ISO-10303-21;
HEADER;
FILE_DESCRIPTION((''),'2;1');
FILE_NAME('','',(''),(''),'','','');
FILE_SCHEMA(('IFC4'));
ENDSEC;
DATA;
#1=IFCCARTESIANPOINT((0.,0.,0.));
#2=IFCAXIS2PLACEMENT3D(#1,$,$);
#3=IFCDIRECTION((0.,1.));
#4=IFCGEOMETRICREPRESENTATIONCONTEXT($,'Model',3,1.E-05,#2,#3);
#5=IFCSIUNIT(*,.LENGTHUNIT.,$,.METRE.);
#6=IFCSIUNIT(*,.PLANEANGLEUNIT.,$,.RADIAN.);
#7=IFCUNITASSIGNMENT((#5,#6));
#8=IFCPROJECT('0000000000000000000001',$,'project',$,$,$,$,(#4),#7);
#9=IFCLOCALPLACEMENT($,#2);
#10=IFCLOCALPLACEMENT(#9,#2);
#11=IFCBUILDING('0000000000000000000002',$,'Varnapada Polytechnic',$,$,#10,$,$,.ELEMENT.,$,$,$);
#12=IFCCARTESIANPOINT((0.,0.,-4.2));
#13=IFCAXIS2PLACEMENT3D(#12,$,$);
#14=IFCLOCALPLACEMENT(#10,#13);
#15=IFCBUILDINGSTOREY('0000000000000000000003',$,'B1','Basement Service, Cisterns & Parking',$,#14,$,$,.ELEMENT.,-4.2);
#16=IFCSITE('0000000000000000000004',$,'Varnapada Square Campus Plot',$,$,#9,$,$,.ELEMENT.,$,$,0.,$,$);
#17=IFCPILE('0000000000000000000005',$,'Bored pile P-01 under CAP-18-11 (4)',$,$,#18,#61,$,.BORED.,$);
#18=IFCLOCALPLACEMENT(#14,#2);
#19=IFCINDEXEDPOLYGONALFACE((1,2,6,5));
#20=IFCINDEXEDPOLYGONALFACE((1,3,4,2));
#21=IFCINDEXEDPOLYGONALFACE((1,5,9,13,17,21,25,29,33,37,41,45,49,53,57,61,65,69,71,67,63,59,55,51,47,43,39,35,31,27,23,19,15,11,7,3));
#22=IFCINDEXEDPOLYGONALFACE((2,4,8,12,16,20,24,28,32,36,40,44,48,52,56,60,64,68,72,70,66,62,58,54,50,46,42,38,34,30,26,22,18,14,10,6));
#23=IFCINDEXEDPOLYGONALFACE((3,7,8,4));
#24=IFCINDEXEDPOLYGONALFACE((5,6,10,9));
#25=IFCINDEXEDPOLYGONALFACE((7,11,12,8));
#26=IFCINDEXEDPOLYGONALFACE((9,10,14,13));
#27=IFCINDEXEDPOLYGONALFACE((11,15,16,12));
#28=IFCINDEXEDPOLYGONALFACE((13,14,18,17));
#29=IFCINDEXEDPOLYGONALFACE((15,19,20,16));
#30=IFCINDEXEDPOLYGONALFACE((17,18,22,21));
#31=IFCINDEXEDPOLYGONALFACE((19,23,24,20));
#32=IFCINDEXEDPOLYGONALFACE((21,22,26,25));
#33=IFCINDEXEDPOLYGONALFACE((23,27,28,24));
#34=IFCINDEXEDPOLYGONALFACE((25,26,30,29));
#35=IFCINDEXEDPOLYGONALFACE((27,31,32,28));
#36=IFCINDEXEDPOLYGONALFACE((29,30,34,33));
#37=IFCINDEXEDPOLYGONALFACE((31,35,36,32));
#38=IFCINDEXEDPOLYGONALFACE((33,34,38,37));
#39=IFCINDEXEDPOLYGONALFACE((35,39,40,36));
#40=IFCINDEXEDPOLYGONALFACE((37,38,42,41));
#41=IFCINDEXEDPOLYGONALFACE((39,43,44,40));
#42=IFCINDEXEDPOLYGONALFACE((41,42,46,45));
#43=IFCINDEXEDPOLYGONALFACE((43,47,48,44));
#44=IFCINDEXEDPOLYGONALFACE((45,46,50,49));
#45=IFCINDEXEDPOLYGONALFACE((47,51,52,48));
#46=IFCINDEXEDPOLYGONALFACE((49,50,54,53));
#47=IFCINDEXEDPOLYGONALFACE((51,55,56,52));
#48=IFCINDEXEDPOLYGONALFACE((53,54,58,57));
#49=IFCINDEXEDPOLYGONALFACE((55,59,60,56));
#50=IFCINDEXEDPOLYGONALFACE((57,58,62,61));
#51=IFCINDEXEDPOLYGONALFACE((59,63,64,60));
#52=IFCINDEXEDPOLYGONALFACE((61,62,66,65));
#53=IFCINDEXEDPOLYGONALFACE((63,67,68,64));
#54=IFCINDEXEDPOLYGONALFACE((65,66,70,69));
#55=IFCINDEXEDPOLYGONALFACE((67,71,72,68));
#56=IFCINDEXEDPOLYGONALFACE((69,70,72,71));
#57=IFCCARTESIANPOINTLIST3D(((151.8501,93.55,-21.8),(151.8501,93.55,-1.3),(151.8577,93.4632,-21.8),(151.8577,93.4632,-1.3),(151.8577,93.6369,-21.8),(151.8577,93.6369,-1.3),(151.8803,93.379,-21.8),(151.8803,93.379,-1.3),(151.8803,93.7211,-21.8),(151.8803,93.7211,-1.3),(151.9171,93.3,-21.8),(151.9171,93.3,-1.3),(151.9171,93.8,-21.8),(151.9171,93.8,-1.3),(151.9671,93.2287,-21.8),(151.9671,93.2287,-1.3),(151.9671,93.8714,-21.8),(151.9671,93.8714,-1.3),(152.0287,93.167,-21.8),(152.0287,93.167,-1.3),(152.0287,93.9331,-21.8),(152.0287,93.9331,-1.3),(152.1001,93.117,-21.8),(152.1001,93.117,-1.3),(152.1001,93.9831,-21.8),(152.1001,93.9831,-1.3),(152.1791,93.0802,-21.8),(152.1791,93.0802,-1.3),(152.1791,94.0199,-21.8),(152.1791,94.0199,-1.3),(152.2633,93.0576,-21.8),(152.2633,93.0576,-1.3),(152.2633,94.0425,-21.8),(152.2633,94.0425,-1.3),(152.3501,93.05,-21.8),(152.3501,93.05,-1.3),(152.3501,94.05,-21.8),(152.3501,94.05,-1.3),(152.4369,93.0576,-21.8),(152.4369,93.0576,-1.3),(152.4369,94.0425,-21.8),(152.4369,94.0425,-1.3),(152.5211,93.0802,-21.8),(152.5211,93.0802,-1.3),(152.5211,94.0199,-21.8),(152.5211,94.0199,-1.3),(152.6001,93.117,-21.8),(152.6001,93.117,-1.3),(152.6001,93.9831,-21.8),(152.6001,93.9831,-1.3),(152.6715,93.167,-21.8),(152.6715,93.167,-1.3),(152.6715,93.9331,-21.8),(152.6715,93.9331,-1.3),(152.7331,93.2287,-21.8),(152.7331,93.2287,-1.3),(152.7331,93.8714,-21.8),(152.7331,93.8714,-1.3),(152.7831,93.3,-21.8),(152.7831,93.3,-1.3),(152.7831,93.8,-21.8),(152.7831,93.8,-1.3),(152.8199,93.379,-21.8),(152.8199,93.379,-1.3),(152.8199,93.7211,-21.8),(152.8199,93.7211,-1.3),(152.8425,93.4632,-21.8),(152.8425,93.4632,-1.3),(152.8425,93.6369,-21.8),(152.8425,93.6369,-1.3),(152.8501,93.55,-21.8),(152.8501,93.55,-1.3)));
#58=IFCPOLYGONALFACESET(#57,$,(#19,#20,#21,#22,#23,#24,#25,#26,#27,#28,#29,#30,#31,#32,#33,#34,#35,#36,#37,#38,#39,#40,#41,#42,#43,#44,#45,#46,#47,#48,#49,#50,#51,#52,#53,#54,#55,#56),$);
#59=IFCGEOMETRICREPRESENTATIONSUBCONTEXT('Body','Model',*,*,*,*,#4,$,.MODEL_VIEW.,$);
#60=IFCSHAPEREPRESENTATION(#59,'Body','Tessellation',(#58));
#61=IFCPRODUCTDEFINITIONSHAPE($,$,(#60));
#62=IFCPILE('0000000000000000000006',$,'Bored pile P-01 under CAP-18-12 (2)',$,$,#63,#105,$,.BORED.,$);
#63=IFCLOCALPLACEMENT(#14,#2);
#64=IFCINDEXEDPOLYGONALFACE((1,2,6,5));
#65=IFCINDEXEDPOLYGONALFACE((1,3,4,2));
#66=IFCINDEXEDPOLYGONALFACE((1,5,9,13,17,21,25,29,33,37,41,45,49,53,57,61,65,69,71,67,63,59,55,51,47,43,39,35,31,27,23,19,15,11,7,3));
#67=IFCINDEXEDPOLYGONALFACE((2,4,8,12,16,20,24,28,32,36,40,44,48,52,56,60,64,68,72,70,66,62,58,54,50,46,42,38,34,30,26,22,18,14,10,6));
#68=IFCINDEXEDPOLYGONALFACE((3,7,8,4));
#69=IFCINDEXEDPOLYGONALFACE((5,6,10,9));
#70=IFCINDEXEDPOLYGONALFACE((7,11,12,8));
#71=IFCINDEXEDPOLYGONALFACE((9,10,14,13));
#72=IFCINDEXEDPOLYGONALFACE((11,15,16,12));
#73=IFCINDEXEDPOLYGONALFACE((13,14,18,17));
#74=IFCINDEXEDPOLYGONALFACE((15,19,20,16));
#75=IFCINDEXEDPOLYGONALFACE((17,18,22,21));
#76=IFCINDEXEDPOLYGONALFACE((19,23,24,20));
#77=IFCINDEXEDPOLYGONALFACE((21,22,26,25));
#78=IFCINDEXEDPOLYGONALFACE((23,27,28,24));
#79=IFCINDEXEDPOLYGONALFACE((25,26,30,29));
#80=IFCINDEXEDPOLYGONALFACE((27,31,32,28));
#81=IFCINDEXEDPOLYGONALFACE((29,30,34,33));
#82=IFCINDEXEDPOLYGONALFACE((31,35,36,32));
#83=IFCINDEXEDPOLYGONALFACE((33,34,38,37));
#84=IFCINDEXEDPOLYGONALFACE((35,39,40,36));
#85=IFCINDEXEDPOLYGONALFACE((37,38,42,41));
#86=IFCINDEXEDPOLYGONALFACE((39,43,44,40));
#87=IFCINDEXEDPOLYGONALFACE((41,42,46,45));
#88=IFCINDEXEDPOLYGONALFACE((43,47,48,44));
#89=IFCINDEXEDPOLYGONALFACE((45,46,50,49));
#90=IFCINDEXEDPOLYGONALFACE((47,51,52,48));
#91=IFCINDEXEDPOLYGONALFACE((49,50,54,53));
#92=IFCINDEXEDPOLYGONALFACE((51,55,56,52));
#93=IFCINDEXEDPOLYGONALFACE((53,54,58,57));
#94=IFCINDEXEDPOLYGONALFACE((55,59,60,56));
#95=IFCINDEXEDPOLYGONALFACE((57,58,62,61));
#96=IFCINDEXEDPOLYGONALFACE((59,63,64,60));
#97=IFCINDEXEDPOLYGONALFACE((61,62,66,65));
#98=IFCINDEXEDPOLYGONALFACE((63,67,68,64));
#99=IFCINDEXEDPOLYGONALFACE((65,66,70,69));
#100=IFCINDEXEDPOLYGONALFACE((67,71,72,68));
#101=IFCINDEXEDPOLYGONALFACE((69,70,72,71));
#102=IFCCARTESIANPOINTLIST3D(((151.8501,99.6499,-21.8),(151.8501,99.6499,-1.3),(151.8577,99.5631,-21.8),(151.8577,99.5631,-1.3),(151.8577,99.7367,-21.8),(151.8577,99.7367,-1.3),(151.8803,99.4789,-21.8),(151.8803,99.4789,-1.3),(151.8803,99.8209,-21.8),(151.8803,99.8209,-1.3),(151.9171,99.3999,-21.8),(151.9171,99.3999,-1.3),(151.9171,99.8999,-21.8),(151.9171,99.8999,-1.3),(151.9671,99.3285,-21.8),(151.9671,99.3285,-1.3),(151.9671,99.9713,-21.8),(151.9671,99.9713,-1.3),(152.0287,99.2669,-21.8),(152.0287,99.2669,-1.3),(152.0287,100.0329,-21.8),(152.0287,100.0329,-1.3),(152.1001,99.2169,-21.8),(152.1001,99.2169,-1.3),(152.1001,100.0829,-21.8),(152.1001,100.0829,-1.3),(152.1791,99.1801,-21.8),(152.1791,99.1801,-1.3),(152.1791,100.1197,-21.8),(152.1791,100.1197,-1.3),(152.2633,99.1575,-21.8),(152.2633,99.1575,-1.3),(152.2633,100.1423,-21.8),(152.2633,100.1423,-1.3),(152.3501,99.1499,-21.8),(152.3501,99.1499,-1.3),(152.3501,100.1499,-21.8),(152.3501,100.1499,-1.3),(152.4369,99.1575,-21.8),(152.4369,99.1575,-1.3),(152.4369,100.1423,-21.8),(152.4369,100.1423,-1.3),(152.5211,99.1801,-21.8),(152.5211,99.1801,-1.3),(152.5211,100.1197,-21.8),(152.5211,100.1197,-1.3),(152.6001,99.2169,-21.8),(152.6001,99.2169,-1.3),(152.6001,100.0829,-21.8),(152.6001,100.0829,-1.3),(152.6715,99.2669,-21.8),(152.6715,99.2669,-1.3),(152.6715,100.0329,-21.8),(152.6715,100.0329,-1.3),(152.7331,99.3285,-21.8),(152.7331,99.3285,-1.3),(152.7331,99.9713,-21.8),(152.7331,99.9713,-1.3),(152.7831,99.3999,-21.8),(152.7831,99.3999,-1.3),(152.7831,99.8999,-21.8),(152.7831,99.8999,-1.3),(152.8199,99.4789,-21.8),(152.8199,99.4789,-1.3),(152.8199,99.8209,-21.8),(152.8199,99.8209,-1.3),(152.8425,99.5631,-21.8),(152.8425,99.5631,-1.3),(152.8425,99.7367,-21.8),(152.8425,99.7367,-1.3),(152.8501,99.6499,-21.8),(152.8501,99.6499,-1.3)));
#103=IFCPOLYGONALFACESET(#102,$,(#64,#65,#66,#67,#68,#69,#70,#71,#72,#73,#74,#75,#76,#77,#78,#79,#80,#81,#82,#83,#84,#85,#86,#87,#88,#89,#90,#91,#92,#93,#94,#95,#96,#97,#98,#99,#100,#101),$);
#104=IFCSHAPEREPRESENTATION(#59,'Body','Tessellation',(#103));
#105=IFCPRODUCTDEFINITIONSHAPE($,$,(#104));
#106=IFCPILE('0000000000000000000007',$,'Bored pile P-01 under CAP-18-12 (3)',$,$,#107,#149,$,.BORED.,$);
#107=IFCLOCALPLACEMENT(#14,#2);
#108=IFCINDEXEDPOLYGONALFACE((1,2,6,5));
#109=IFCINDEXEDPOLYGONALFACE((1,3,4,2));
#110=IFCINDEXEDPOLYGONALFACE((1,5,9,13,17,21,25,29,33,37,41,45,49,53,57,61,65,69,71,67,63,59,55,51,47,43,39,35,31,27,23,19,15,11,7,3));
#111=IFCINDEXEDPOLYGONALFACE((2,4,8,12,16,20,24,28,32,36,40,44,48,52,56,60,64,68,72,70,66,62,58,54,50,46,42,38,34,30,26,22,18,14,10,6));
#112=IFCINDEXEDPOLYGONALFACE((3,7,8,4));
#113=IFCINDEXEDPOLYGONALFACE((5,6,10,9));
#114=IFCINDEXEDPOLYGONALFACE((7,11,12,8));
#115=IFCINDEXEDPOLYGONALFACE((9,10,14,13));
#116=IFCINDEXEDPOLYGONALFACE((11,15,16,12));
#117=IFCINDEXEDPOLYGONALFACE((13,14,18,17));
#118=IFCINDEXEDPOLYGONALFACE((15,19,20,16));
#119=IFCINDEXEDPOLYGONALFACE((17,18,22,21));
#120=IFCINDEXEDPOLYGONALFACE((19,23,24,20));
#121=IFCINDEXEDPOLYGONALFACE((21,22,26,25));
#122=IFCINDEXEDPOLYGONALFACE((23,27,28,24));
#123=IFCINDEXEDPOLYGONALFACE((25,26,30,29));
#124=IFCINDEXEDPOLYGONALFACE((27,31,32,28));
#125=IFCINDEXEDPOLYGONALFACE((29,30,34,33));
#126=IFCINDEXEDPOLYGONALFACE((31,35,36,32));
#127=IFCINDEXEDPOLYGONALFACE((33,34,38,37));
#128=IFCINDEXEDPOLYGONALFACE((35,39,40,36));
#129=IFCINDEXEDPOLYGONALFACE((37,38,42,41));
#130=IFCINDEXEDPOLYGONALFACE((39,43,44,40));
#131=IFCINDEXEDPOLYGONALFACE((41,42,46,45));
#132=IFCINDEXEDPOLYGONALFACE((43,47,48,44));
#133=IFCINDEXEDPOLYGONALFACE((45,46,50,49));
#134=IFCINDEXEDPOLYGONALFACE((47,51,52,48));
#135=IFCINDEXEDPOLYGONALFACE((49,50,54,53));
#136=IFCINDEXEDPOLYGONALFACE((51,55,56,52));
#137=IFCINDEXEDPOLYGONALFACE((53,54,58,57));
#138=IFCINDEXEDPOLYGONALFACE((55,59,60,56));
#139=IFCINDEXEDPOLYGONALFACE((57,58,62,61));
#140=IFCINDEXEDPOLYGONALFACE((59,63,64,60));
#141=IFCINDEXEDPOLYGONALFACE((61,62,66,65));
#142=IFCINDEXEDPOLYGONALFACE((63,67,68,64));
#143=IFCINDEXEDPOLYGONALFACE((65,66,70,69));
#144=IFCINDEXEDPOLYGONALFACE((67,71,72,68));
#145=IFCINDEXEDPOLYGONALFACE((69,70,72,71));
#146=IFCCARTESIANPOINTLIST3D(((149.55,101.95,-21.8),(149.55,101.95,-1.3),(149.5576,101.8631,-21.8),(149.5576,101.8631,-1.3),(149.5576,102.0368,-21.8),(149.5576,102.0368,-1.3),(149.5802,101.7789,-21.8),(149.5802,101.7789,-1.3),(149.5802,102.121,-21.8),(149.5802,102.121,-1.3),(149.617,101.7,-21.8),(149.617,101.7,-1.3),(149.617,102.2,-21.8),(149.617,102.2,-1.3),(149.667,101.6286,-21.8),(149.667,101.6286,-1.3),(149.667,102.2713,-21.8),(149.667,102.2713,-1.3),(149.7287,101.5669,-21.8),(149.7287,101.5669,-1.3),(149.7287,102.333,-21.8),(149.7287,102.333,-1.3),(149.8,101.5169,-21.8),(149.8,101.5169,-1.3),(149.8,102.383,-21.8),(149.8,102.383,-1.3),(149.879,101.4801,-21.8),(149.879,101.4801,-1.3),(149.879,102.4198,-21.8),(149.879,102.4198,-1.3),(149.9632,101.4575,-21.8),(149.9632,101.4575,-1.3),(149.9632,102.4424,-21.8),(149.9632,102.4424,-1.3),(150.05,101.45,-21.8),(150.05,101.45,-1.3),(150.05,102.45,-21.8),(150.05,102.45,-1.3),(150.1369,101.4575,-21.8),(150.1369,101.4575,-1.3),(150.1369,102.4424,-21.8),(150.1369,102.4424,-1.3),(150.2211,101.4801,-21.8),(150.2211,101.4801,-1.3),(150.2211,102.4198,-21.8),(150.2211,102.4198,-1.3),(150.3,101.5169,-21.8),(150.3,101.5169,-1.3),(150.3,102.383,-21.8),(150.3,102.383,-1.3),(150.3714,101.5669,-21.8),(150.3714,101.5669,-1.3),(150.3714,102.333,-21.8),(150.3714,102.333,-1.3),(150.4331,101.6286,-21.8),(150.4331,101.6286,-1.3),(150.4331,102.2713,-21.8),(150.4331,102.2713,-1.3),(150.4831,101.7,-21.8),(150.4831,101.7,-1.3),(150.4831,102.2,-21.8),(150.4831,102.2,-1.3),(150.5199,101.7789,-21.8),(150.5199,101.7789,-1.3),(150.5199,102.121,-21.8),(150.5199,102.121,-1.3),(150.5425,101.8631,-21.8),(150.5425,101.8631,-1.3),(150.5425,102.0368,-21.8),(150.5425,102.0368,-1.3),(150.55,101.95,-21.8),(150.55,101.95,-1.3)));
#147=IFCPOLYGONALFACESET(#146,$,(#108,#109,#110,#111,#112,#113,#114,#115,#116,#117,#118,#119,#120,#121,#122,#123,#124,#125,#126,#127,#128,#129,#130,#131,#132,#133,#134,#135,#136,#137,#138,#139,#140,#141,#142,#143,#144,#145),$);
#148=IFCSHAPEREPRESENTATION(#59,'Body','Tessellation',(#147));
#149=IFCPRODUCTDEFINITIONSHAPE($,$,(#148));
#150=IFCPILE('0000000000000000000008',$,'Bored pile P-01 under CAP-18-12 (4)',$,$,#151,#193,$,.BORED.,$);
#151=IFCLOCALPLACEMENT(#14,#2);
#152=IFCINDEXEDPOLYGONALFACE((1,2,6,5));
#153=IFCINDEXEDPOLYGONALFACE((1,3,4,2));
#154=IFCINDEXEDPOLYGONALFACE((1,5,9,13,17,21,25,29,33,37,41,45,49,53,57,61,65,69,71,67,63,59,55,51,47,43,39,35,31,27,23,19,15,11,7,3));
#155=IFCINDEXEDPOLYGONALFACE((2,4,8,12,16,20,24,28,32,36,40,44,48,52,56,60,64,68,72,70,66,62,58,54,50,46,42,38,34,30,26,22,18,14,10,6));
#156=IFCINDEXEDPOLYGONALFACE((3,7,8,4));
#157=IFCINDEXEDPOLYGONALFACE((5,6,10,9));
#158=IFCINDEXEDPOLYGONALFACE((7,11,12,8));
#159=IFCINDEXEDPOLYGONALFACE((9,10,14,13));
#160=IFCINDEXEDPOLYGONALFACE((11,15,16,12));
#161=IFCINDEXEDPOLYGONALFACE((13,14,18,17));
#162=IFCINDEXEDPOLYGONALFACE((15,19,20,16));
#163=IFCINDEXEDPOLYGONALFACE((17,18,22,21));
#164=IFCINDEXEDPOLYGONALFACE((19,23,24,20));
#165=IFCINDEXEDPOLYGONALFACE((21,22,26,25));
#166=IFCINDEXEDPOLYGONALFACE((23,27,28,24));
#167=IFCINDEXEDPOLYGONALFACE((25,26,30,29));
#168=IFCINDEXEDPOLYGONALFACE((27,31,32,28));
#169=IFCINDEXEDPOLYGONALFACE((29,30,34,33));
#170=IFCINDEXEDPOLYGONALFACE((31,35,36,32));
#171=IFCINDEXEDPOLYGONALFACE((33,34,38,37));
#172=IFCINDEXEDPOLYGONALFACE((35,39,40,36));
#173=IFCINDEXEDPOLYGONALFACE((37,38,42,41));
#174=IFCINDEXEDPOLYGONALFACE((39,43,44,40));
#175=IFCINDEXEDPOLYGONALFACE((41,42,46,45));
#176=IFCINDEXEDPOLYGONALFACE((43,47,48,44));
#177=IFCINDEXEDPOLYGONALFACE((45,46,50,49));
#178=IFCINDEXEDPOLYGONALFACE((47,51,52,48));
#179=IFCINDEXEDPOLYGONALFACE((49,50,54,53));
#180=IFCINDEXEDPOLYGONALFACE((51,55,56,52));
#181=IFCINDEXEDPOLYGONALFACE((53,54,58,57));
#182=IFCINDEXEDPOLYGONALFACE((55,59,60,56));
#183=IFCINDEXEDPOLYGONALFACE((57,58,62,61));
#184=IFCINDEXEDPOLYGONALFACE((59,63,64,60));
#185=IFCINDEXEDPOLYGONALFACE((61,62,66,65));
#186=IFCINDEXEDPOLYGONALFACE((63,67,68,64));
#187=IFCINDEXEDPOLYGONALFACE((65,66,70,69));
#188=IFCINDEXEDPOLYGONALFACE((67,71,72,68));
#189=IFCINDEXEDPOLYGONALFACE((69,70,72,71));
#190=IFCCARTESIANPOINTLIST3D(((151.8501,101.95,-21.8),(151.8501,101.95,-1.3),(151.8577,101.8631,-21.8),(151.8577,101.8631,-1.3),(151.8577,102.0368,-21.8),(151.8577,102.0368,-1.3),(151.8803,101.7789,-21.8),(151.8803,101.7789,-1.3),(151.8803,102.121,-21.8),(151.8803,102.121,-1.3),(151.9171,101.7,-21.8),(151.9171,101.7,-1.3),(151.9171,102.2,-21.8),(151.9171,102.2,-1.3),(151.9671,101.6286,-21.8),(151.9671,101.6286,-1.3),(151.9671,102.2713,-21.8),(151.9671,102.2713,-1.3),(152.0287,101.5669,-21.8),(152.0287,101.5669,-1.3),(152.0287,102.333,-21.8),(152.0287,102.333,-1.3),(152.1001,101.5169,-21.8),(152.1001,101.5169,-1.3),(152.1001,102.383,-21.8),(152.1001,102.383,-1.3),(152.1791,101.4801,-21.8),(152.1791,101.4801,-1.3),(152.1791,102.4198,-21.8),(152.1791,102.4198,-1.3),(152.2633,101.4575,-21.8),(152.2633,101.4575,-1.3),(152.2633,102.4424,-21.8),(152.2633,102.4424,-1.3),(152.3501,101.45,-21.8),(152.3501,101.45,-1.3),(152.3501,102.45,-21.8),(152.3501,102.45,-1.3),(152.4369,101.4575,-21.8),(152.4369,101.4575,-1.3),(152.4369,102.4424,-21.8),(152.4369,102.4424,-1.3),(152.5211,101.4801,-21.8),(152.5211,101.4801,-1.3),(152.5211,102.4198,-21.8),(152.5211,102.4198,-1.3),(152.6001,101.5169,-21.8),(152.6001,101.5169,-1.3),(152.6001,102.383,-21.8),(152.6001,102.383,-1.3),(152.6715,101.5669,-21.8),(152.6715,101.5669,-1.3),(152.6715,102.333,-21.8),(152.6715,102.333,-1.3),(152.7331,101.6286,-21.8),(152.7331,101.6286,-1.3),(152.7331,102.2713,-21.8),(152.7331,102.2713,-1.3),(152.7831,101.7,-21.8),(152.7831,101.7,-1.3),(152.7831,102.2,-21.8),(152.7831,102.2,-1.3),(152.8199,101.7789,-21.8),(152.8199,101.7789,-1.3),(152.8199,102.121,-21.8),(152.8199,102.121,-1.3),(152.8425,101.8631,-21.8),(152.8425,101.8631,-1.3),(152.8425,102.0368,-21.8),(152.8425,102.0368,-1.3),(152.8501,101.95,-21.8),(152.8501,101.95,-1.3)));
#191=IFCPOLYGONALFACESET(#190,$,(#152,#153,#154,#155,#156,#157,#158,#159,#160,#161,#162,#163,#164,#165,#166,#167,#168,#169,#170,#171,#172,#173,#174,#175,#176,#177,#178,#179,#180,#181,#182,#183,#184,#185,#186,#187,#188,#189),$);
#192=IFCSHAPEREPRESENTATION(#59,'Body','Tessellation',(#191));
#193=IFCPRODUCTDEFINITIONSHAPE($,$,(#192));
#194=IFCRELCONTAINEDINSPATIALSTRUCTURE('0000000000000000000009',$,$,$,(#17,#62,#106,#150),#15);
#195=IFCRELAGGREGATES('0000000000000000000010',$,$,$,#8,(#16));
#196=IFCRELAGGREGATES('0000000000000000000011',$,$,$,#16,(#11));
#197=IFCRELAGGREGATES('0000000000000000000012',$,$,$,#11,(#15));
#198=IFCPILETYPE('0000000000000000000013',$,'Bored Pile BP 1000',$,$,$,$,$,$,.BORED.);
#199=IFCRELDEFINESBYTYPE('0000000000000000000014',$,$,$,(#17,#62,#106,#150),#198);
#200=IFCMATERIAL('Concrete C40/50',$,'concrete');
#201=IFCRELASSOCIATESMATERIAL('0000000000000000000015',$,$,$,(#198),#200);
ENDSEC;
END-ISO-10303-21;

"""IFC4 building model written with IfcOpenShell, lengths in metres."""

from ifc_helpers import new_model, si_unit, direction, frame, origin, origin_2d, place, context, subcontext, project, spatial, circle, extrude, material, material_profile, profile_set, type_object, element, save


model = new_model("IFC4")

# Units and contexts
model_context = context("Model", 3, precision=1e-05, world=origin(), true_north=direction((0.0, 1.0)))
body_context = subcontext(model_context, "Body", "Model", "MODEL_VIEW")
ifc_project = project(units=[si_unit("LENGTHUNIT", "METRE"), si_unit("PLANEANGLEUNIT", "RADIAN")], contexts=[model_context])

# Site, building, storey
site_placement = place(None, origin())
site = spatial("IfcSite", under=ifc_project, at=site_placement, Name="Varnapada Square Campus Plot", CompositionType="ELEMENT", RefElevation=0.0)
building_placement = place(site_placement, origin())
building = spatial("IfcBuilding", under=site, at=building_placement, Name="Varnapada Polytechnic", CompositionType="ELEMENT")
storey_placement = place(building_placement, frame((0.0, 0.0, -4.2)))
storey = spatial("IfcBuildingStorey", under=building, at=storey_placement, Name="B1", Description="Basement Service, Cisterns & Parking", CompositionType="ELEMENT", Elevation=-4.2)

# Piles
ifc_material_1 = material(Name="Concrete C40/50", Category="concrete")
ifc_material_profile_1 = material_profile(ifc_material_1, circle(Radius=0.5, at=origin_2d()), Name="BP 1000")
ifc_profile_set_1 = profile_set([ifc_material_profile_1], Name="Concrete C40/50")
pile_type_1 = type_object("IfcPileType", Name="Bored Pile BP 1000", PredefinedType="BORED", material=ifc_profile_set_1)
for number, where, z_axis, x_axis, name in (
    (1, (152.3501, 93.55, -1.3), (0.0, 0.0, -1.0), (1.0, 0.0, 0.0), "Bored pile P-01 under CAP-18-11 (4)"),
    (2, (152.3501, 99.6499, -1.3), (0.0, 0.0, -1.0), (1.0, 0.0, 0.0), "Bored pile P-01 under CAP-18-12 (2)"),
    (3, (150.05, 101.95, -1.3), (0.0, 0.0, -1.0), (1.0, 0.0, 0.0), "Bored pile P-01 under CAP-18-12 (3)"),
    (4, (152.3501, 101.95, -1.3), (0.0, 0.0, -1.0), (1.0, 0.0, 0.0), "Bored pile P-01 under CAP-18-12 (4)"),
):
    element("IfcPile", number, at=place(storey_placement, frame(where, z_axis=z_axis, x_axis=x_axis)), inside=storey, type_object=pile_type_1, Name=name, PredefinedType="BORED", context=body_context, shape_type="SweptSolid", body=[
        extrude(circle(Radius=0.5, at=origin_2d()), origin(), (0.0, 0.0, 1.0), 20.5),
    ])

save(model, "model.ifc")
